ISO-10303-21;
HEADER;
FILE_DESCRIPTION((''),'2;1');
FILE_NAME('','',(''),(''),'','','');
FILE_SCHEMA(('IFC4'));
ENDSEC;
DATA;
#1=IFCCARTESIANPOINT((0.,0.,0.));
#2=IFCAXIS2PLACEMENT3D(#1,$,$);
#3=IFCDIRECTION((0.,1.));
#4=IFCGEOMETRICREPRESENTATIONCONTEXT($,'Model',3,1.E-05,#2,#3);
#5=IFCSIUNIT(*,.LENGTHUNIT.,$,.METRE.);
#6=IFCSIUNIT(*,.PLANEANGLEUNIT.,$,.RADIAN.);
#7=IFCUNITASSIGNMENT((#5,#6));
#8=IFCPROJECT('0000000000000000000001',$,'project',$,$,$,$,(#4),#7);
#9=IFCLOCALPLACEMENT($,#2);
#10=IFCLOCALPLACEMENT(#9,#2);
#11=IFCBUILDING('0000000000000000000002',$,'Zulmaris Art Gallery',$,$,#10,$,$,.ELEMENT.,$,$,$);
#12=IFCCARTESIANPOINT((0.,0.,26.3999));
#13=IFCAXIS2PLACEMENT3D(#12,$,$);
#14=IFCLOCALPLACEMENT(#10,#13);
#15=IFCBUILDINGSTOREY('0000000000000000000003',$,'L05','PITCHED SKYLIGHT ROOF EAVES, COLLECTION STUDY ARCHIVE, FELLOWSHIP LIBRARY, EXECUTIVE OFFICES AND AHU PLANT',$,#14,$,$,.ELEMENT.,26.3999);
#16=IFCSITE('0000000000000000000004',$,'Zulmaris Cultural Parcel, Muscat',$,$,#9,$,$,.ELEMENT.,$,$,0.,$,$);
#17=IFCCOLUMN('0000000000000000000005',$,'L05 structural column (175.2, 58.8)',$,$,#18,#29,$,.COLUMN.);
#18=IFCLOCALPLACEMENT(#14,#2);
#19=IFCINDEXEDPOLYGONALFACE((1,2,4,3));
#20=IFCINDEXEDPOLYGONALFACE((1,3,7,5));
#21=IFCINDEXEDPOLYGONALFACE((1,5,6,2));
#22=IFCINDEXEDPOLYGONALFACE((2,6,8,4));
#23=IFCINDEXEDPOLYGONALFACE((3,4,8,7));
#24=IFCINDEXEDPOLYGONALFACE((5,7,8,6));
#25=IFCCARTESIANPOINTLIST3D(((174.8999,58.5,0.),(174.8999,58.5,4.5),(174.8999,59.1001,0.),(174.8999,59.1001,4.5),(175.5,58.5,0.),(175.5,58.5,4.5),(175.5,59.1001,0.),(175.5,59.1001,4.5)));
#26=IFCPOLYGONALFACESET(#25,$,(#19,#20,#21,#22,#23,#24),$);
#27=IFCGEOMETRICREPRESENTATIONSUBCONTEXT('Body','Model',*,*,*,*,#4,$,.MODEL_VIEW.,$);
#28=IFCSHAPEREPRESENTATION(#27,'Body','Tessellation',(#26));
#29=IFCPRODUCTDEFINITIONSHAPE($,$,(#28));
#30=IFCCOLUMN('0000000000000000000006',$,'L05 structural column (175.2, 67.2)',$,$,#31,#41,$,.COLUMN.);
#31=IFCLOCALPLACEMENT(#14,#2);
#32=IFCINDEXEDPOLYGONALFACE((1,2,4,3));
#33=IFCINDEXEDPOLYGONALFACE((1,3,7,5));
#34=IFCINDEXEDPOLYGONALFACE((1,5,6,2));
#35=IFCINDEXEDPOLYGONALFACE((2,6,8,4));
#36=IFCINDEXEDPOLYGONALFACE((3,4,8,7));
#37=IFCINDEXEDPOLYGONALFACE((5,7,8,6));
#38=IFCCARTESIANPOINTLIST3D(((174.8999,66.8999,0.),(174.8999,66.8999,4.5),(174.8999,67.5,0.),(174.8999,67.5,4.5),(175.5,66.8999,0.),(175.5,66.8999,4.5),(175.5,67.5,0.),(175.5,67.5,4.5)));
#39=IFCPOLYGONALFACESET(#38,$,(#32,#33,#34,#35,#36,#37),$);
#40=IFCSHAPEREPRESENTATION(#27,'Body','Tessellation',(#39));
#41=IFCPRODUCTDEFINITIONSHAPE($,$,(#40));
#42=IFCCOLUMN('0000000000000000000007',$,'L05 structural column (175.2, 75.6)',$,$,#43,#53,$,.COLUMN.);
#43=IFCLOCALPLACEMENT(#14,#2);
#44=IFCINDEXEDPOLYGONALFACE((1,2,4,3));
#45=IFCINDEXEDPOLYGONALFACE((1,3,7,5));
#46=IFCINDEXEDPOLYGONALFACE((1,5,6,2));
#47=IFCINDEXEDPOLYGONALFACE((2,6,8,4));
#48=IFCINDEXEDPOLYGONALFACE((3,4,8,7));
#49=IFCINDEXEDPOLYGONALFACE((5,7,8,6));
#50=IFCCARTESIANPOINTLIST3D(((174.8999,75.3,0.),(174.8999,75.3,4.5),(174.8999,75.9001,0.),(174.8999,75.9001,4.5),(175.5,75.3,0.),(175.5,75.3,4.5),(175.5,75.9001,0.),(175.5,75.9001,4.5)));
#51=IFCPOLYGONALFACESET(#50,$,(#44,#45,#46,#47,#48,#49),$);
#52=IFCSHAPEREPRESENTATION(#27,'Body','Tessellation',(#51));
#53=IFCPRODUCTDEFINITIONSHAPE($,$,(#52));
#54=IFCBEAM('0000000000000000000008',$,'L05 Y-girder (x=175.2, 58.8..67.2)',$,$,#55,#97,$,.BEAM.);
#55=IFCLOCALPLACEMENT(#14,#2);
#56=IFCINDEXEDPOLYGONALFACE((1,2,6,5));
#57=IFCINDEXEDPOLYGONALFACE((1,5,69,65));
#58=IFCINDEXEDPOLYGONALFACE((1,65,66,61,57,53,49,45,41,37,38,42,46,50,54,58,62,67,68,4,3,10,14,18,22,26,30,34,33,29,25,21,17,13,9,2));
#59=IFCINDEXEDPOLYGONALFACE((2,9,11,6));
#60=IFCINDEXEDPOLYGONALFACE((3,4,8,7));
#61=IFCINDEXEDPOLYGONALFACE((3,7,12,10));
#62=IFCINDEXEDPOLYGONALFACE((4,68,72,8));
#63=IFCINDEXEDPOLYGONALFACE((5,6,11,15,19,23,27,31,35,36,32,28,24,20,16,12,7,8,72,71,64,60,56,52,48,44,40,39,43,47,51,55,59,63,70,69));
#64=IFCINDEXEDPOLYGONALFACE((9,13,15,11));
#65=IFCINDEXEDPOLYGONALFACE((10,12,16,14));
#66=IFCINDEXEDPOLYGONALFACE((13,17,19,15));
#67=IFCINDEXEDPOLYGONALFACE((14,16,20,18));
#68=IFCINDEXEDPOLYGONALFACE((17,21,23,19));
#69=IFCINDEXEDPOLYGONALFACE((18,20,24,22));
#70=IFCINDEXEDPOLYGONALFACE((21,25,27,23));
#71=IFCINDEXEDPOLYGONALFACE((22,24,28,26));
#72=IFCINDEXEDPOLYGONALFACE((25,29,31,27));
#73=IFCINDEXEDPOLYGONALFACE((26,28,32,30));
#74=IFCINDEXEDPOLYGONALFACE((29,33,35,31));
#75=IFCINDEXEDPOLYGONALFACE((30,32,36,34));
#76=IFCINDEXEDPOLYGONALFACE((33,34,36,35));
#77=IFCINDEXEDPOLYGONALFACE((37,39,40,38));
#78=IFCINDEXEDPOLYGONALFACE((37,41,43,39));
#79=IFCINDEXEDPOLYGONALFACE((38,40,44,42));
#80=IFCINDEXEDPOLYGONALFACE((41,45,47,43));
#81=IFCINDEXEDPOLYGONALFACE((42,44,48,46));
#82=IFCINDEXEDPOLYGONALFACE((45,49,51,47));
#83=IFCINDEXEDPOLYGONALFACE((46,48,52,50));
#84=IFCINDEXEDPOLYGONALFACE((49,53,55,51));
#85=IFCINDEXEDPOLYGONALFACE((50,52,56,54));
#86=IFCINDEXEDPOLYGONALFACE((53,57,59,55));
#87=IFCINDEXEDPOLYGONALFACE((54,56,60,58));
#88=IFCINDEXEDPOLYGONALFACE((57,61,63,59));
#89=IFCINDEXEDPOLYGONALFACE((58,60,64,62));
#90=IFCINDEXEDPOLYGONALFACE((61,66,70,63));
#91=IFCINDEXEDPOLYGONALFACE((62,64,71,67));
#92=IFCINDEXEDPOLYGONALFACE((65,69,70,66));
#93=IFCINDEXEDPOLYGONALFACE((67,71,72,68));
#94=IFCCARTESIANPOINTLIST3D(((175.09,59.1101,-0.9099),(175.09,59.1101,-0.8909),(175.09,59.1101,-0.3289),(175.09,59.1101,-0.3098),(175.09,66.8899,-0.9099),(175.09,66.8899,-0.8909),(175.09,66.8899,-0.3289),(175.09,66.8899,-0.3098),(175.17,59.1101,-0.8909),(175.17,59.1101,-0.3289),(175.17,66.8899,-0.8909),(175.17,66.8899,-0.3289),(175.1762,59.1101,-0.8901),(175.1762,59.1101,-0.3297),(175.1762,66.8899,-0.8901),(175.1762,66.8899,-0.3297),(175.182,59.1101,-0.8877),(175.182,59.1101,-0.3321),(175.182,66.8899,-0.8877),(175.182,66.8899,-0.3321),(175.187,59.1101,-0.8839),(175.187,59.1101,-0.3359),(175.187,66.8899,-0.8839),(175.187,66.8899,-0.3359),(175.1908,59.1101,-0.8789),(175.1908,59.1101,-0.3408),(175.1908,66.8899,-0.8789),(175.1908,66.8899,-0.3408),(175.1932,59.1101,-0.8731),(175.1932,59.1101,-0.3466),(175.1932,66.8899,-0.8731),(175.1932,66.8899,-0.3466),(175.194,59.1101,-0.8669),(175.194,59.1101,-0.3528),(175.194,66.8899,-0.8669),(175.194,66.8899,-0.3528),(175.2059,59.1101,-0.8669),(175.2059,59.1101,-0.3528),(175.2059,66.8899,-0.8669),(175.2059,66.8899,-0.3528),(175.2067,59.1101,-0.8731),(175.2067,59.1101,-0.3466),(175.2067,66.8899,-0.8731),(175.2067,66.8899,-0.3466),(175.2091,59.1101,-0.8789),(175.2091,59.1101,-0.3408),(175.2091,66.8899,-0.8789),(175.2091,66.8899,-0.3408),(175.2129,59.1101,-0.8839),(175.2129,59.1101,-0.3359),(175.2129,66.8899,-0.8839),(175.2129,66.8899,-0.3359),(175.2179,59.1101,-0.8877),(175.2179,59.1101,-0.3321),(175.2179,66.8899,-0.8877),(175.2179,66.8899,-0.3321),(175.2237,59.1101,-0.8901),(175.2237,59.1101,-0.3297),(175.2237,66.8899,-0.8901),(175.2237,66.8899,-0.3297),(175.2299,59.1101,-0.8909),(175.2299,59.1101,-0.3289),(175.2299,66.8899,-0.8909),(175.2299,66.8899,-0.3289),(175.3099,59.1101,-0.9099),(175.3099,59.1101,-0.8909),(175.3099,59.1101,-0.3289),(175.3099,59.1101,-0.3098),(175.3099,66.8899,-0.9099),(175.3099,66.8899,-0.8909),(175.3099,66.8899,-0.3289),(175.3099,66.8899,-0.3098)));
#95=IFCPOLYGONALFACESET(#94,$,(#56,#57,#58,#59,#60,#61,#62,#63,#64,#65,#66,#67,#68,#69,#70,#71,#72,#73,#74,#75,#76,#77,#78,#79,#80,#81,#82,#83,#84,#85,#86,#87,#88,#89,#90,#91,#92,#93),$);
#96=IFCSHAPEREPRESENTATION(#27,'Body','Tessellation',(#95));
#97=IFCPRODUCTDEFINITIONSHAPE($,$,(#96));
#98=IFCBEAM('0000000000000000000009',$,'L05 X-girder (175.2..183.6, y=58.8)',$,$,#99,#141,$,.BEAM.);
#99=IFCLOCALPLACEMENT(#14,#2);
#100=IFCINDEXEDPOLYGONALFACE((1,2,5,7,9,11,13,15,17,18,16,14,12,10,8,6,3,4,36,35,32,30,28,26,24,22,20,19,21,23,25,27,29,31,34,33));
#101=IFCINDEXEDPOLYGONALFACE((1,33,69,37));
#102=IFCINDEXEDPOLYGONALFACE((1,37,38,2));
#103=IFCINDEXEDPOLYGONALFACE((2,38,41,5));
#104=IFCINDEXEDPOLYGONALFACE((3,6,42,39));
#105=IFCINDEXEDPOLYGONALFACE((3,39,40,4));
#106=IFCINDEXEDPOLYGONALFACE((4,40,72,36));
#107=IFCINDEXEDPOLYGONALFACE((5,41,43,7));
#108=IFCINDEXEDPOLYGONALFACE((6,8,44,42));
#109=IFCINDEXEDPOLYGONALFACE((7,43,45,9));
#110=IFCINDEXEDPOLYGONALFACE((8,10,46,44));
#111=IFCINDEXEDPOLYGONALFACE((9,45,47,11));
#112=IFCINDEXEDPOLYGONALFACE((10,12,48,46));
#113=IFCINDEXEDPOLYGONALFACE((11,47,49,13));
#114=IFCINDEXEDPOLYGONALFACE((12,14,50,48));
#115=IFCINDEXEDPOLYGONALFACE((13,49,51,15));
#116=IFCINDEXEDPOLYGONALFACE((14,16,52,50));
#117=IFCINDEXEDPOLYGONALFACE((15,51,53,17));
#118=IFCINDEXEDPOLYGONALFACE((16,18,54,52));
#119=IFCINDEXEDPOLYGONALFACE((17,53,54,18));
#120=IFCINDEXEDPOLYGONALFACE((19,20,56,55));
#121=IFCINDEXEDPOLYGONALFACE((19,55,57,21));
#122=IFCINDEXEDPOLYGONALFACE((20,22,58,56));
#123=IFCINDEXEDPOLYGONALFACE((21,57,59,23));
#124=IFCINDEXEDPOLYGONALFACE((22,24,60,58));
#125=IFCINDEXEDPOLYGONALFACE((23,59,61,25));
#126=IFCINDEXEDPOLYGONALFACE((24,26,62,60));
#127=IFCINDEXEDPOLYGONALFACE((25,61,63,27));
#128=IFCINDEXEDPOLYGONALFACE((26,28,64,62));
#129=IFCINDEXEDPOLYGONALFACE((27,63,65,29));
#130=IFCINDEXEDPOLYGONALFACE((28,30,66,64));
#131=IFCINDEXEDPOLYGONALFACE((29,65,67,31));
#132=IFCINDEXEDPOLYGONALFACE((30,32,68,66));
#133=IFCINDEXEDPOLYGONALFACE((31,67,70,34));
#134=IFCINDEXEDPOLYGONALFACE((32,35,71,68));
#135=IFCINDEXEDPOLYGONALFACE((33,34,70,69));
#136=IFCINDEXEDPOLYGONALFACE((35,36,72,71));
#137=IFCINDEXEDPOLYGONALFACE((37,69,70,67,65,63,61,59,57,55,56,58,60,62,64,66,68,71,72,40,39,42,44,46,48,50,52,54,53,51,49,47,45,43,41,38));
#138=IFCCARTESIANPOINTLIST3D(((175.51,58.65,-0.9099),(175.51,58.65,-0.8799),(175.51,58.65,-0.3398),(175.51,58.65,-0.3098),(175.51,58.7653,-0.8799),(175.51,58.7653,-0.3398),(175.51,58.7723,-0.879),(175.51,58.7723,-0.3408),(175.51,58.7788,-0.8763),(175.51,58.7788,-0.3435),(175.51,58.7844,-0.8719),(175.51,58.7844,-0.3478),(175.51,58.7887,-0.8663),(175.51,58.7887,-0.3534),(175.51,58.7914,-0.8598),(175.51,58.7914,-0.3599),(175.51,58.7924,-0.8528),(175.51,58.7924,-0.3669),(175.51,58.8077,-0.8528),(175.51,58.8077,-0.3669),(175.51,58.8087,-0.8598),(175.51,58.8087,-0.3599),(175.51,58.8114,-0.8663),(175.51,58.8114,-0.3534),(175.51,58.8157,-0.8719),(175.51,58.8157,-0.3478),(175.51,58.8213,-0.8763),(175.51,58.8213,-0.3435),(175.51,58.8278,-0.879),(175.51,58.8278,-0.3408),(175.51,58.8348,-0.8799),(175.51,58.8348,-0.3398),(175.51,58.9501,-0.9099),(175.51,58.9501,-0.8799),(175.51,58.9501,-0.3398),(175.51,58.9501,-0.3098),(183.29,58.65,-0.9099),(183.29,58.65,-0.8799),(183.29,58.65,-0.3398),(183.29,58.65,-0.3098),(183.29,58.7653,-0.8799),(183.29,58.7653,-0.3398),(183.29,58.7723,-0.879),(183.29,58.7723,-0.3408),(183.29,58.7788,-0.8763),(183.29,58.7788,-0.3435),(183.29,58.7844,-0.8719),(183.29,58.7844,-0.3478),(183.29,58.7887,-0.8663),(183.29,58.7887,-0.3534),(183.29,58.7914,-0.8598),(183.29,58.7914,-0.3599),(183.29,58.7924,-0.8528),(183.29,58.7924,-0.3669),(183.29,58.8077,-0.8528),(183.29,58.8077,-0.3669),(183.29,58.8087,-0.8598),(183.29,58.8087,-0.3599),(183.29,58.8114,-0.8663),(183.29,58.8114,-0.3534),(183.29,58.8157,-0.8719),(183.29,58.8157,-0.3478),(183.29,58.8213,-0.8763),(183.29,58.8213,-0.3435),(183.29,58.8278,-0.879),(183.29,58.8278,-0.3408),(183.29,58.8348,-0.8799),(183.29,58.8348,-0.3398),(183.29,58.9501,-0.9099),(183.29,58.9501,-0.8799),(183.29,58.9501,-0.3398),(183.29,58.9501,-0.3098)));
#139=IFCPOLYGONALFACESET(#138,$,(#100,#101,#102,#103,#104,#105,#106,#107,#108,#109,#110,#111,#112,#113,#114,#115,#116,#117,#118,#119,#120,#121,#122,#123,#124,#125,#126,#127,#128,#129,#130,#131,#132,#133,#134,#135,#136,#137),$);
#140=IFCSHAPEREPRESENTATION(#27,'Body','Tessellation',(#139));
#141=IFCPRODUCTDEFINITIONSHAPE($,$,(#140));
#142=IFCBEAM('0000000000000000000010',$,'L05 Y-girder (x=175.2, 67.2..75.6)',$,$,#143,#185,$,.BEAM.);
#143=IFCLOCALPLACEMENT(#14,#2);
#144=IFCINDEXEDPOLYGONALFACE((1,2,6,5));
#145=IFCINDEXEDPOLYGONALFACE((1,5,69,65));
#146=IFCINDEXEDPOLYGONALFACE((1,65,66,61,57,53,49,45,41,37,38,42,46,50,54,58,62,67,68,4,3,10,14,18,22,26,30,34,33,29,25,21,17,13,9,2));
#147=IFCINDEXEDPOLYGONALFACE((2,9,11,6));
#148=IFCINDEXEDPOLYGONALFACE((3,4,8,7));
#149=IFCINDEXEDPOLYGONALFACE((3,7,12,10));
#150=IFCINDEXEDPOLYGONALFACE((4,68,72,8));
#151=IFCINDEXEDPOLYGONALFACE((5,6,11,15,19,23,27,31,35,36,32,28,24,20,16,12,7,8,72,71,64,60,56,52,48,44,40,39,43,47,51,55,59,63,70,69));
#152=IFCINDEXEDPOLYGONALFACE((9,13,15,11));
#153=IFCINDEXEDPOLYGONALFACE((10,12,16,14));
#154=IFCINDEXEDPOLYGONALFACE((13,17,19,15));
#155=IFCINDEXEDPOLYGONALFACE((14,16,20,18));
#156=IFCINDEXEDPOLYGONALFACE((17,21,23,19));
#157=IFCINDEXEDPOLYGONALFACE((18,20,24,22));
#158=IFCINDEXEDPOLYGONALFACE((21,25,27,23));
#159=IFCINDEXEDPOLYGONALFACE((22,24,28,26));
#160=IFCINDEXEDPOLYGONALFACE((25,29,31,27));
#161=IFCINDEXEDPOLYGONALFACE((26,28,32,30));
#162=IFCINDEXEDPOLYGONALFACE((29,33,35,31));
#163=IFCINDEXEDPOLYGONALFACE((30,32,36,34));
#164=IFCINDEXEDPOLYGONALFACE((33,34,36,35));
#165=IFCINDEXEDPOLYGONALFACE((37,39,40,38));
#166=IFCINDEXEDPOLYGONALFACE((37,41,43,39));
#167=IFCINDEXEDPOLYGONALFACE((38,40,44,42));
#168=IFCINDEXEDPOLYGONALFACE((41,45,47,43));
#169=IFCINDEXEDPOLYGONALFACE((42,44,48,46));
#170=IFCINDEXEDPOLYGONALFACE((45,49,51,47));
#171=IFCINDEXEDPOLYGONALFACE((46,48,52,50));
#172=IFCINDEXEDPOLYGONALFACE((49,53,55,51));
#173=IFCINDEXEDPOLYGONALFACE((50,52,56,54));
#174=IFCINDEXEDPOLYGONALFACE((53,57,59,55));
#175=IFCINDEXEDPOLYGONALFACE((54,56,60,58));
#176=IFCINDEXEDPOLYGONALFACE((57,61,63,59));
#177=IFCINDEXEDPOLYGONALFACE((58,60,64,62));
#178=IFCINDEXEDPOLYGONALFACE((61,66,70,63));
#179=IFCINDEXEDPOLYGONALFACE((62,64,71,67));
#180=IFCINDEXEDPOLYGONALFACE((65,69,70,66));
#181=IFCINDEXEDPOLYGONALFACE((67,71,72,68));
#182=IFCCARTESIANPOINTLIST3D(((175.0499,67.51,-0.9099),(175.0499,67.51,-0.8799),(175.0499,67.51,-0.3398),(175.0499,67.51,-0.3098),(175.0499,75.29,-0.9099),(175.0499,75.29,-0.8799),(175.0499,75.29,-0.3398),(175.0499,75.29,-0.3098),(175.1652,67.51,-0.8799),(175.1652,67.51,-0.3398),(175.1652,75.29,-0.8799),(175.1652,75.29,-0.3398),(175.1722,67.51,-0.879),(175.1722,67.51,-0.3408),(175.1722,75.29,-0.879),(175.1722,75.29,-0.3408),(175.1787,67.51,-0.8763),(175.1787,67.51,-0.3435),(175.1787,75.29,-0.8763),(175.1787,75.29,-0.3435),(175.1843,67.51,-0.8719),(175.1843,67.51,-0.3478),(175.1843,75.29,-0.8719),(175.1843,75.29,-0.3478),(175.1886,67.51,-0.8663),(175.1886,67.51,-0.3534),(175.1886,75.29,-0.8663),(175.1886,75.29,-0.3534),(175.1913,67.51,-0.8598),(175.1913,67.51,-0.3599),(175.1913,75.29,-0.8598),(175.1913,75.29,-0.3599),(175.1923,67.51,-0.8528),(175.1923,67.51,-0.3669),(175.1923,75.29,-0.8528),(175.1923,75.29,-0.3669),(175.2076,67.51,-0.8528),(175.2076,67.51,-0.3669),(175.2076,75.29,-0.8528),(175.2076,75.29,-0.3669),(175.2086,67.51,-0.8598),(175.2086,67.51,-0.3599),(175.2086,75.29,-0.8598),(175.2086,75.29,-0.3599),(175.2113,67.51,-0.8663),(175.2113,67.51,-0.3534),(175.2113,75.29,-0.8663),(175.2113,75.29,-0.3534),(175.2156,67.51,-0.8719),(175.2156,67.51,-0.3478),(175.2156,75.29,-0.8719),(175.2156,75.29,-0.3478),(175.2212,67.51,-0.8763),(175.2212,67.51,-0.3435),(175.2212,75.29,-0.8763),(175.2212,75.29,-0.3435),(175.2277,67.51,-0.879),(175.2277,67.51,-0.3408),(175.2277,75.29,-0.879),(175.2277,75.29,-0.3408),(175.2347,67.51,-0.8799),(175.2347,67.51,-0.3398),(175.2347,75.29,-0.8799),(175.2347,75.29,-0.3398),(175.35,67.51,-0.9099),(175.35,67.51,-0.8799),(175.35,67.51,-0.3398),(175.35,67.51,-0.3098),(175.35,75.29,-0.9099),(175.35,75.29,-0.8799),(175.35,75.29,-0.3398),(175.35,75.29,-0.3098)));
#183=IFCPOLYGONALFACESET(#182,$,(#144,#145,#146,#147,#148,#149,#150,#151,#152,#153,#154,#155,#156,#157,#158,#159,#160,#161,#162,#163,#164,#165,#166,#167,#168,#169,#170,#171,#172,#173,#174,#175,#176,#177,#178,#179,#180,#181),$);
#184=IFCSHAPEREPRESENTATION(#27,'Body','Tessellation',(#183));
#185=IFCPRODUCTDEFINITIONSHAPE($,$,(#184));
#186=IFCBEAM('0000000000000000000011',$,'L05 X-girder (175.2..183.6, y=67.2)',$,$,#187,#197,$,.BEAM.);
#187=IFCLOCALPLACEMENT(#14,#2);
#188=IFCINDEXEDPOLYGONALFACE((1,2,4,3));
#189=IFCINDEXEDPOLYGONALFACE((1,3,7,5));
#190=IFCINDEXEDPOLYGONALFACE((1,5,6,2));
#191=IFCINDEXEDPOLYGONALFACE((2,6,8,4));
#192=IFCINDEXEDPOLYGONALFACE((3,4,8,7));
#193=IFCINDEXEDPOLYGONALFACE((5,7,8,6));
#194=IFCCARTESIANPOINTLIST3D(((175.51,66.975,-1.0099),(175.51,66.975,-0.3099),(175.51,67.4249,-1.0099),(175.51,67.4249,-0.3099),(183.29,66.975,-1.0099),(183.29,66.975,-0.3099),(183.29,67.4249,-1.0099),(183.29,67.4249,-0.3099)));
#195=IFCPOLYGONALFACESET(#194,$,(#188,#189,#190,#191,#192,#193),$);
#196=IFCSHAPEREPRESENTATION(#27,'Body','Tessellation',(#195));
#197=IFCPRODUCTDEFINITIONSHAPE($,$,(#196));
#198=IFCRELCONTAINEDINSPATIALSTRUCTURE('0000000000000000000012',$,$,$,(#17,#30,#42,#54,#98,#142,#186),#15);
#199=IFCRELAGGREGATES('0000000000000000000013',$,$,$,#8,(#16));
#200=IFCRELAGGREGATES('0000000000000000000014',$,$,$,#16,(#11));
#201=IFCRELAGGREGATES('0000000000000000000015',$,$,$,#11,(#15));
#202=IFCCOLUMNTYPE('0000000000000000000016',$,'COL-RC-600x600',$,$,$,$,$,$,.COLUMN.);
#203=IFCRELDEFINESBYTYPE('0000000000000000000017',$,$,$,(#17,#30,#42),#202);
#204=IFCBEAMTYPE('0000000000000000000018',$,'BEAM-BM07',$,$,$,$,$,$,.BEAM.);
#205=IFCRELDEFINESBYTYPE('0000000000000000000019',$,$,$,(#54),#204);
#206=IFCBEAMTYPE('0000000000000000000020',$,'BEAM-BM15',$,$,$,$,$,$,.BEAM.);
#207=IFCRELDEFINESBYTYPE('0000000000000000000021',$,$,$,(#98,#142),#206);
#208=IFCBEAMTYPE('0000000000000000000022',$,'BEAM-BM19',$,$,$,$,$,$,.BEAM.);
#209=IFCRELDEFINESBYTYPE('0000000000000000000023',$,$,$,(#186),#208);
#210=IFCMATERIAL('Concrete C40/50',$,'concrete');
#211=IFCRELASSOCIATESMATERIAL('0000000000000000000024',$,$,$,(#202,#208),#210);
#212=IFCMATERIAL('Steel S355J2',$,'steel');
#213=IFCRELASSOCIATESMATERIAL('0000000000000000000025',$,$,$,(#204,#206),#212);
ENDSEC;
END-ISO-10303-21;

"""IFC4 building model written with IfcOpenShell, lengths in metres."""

from ifc_helpers import new_model, si_unit, direction, frame, origin, origin_2d, place, context, subcontext, project, spatial, rectangle, i_section, extrude, material, material_profile, profile_set, type_object, element, save


model = new_model("IFC4")

# Units and contexts
model_context = context("Model", 3, precision=1e-05, world=origin(), true_north=direction((0.0, 1.0)))
body_context = subcontext(model_context, "Body", "Model", "MODEL_VIEW")
ifc_project = project(units=[si_unit("LENGTHUNIT", "METRE"), si_unit("PLANEANGLEUNIT", "RADIAN")], contexts=[model_context])

# Site, building, storey
site_placement = place(None, origin())
site = spatial("IfcSite", under=ifc_project, at=site_placement, Name="Zulmaris Cultural Parcel, Muscat", CompositionType="ELEMENT", RefElevation=0.0)
building_placement = place(site_placement, origin())
building = spatial("IfcBuilding", under=site, at=building_placement, Name="Zulmaris Art Gallery", CompositionType="ELEMENT")
storey_placement = place(building_placement, frame((0.0, 0.0, 26.3999)))
storey = spatial("IfcBuildingStorey", under=building, at=storey_placement, Name="L05", Description="PITCHED SKYLIGHT ROOF EAVES, COLLECTION STUDY ARCHIVE, FELLOWSHIP LIBRARY, EXECUTIVE OFFICES AND AHU PLANT", CompositionType="ELEMENT", Elevation=26.3999)

# Columns
ifc_material_1 = material(Name="Concrete C40/50", Category="concrete")
ifc_material_profile_1 = material_profile(ifc_material_1, rectangle(XDim=0.6001, YDim=0.6001, at=origin_2d()), Name="RC 600x600")
ifc_profile_set_1 = profile_set([ifc_material_profile_1], Name="Concrete C40/50")
column_type = type_object("IfcColumnType", Name="COL-RC-600x600", PredefinedType="COLUMN", material=ifc_profile_set_1)
for number, where, z_axis, x_axis, name in (
    (1, (175.2, 58.8, 0.0), (0.0, 0.0, 1.0), (1.0, 0.0, 0.0), "L05 structural column (175.2, 58.8)"),
    (2, (175.2, 67.2, 0.0), (0.0, 0.0, 1.0), (1.0, 0.0, 0.0), "L05 structural column (175.2, 67.2)"),
    (3, (175.2, 75.6001, 0.0), (0.0, 0.0, 1.0), (1.0, 0.0, 0.0), "L05 structural column (175.2, 75.6)"),
):
    element("IfcColumn", number, at=place(storey_placement, frame(where, z_axis=z_axis, x_axis=x_axis)), inside=storey, type_object=column_type, Name=name, PredefinedType="COLUMN", context=body_context, shape_type="SweptSolid", body=[
        extrude(rectangle(XDim=0.6001, YDim=0.6001, at=origin_2d()), origin(), (0.0, 0.0, 1.0), 4.5),
    ])

# Beams
ifc_material_2 = material(Name="Steel S355J2", Category="steel")
ifc_material_profile_2 = material_profile(ifc_material_2, i_section(OverallWidth=0.22, OverallDepth=0.6001, WebThickness=0.012, FlangeThickness=0.019, FilletRadius=0.0239, at=origin_2d()), Name="IPE 600")
ifc_profile_set_2 = profile_set([ifc_material_profile_2], Name="Steel S355J2")
beam_type_1 = type_object("IfcBeamType", Name="BEAM-BM07", PredefinedType="BEAM", material=ifc_profile_set_2)
beam_1_placement = place(storey_placement, frame((175.2, 59.1101, -0.6099), z_axis=(0.0, 1.0, 0.0), x_axis=(-1.0, 0.0, 0.0)))
element("IfcBeam", 4, at=beam_1_placement, inside=storey, type_object=beam_type_1, Name="L05 Y-girder (x=175.2, 58.8..67.2)", PredefinedType="BEAM", context=body_context, shape_type="SweptSolid", body=[
    extrude(i_section(OverallWidth=0.22, OverallDepth=0.6001, WebThickness=0.012, FlangeThickness=0.019, FilletRadius=0.0239, at=origin_2d()), origin(), (0.0, 0.0, 1.0), 7.7798),
])
ifc_material_profile_3 = material_profile(ifc_material_2, i_section(OverallWidth=0.3, OverallDepth=0.6001, WebThickness=0.0154, FlangeThickness=0.03, FilletRadius=0.0271, at=origin_2d()), Name="HEB 600")
ifc_profile_set_3 = profile_set([ifc_material_profile_3], Name="Steel S355J2")
beam_type_2 = type_object("IfcBeamType", Name="BEAM-BM15", PredefinedType="BEAM", material=ifc_profile_set_3)
for number, where, z_axis, x_axis, name in (
    (5, (175.51, 58.8, -0.6099), (1.0, 0.0, 0.0), (0.0, 1.0, 0.0), "L05 X-girder (175.2..183.6, y=58.8)"),
    (6, (175.2, 67.51, -0.6099), (0.0, 1.0, 0.0), (-1.0, 0.0, 0.0), "L05 Y-girder (x=175.2, 67.2..75.6)"),
):
    element("IfcBeam", number, at=place(storey_placement, frame(where, z_axis=z_axis, x_axis=x_axis)), inside=storey, type_object=beam_type_2, Name=name, PredefinedType="BEAM", context=body_context, shape_type="SweptSolid", body=[
        extrude(i_section(OverallWidth=0.3, OverallDepth=0.6001, WebThickness=0.0154, FlangeThickness=0.03, FilletRadius=0.0271, at=origin_2d()), origin(), (0.0, 0.0, 1.0), 7.78),
    ])
ifc_material_profile_4 = material_profile(ifc_material_1, rectangle(XDim=0.45, YDim=0.7, at=origin_2d()), Name="RC 450x700")
ifc_profile_set_4 = profile_set([ifc_material_profile_4], Name="Concrete C40/50")
beam_type_3 = type_object("IfcBeamType", Name="BEAM-BM19", PredefinedType="BEAM", material=ifc_profile_set_4)
beam_2_placement = place(storey_placement, frame((175.51, 67.2, -0.6599), z_axis=(1.0, 0.0, 0.0), x_axis=(0.0, 1.0, 0.0)))
element("IfcBeam", 7, at=beam_2_placement, inside=storey, type_object=beam_type_3, Name="L05 X-girder (175.2..183.6, y=67.2)", PredefinedType="BEAM", context=body_context, shape_type="SweptSolid", body=[
    extrude(rectangle(XDim=0.45, YDim=0.7, at=origin_2d()), origin(), (0.0, 0.0, 1.0), 7.78),
])

save(model, "model.ifc")
